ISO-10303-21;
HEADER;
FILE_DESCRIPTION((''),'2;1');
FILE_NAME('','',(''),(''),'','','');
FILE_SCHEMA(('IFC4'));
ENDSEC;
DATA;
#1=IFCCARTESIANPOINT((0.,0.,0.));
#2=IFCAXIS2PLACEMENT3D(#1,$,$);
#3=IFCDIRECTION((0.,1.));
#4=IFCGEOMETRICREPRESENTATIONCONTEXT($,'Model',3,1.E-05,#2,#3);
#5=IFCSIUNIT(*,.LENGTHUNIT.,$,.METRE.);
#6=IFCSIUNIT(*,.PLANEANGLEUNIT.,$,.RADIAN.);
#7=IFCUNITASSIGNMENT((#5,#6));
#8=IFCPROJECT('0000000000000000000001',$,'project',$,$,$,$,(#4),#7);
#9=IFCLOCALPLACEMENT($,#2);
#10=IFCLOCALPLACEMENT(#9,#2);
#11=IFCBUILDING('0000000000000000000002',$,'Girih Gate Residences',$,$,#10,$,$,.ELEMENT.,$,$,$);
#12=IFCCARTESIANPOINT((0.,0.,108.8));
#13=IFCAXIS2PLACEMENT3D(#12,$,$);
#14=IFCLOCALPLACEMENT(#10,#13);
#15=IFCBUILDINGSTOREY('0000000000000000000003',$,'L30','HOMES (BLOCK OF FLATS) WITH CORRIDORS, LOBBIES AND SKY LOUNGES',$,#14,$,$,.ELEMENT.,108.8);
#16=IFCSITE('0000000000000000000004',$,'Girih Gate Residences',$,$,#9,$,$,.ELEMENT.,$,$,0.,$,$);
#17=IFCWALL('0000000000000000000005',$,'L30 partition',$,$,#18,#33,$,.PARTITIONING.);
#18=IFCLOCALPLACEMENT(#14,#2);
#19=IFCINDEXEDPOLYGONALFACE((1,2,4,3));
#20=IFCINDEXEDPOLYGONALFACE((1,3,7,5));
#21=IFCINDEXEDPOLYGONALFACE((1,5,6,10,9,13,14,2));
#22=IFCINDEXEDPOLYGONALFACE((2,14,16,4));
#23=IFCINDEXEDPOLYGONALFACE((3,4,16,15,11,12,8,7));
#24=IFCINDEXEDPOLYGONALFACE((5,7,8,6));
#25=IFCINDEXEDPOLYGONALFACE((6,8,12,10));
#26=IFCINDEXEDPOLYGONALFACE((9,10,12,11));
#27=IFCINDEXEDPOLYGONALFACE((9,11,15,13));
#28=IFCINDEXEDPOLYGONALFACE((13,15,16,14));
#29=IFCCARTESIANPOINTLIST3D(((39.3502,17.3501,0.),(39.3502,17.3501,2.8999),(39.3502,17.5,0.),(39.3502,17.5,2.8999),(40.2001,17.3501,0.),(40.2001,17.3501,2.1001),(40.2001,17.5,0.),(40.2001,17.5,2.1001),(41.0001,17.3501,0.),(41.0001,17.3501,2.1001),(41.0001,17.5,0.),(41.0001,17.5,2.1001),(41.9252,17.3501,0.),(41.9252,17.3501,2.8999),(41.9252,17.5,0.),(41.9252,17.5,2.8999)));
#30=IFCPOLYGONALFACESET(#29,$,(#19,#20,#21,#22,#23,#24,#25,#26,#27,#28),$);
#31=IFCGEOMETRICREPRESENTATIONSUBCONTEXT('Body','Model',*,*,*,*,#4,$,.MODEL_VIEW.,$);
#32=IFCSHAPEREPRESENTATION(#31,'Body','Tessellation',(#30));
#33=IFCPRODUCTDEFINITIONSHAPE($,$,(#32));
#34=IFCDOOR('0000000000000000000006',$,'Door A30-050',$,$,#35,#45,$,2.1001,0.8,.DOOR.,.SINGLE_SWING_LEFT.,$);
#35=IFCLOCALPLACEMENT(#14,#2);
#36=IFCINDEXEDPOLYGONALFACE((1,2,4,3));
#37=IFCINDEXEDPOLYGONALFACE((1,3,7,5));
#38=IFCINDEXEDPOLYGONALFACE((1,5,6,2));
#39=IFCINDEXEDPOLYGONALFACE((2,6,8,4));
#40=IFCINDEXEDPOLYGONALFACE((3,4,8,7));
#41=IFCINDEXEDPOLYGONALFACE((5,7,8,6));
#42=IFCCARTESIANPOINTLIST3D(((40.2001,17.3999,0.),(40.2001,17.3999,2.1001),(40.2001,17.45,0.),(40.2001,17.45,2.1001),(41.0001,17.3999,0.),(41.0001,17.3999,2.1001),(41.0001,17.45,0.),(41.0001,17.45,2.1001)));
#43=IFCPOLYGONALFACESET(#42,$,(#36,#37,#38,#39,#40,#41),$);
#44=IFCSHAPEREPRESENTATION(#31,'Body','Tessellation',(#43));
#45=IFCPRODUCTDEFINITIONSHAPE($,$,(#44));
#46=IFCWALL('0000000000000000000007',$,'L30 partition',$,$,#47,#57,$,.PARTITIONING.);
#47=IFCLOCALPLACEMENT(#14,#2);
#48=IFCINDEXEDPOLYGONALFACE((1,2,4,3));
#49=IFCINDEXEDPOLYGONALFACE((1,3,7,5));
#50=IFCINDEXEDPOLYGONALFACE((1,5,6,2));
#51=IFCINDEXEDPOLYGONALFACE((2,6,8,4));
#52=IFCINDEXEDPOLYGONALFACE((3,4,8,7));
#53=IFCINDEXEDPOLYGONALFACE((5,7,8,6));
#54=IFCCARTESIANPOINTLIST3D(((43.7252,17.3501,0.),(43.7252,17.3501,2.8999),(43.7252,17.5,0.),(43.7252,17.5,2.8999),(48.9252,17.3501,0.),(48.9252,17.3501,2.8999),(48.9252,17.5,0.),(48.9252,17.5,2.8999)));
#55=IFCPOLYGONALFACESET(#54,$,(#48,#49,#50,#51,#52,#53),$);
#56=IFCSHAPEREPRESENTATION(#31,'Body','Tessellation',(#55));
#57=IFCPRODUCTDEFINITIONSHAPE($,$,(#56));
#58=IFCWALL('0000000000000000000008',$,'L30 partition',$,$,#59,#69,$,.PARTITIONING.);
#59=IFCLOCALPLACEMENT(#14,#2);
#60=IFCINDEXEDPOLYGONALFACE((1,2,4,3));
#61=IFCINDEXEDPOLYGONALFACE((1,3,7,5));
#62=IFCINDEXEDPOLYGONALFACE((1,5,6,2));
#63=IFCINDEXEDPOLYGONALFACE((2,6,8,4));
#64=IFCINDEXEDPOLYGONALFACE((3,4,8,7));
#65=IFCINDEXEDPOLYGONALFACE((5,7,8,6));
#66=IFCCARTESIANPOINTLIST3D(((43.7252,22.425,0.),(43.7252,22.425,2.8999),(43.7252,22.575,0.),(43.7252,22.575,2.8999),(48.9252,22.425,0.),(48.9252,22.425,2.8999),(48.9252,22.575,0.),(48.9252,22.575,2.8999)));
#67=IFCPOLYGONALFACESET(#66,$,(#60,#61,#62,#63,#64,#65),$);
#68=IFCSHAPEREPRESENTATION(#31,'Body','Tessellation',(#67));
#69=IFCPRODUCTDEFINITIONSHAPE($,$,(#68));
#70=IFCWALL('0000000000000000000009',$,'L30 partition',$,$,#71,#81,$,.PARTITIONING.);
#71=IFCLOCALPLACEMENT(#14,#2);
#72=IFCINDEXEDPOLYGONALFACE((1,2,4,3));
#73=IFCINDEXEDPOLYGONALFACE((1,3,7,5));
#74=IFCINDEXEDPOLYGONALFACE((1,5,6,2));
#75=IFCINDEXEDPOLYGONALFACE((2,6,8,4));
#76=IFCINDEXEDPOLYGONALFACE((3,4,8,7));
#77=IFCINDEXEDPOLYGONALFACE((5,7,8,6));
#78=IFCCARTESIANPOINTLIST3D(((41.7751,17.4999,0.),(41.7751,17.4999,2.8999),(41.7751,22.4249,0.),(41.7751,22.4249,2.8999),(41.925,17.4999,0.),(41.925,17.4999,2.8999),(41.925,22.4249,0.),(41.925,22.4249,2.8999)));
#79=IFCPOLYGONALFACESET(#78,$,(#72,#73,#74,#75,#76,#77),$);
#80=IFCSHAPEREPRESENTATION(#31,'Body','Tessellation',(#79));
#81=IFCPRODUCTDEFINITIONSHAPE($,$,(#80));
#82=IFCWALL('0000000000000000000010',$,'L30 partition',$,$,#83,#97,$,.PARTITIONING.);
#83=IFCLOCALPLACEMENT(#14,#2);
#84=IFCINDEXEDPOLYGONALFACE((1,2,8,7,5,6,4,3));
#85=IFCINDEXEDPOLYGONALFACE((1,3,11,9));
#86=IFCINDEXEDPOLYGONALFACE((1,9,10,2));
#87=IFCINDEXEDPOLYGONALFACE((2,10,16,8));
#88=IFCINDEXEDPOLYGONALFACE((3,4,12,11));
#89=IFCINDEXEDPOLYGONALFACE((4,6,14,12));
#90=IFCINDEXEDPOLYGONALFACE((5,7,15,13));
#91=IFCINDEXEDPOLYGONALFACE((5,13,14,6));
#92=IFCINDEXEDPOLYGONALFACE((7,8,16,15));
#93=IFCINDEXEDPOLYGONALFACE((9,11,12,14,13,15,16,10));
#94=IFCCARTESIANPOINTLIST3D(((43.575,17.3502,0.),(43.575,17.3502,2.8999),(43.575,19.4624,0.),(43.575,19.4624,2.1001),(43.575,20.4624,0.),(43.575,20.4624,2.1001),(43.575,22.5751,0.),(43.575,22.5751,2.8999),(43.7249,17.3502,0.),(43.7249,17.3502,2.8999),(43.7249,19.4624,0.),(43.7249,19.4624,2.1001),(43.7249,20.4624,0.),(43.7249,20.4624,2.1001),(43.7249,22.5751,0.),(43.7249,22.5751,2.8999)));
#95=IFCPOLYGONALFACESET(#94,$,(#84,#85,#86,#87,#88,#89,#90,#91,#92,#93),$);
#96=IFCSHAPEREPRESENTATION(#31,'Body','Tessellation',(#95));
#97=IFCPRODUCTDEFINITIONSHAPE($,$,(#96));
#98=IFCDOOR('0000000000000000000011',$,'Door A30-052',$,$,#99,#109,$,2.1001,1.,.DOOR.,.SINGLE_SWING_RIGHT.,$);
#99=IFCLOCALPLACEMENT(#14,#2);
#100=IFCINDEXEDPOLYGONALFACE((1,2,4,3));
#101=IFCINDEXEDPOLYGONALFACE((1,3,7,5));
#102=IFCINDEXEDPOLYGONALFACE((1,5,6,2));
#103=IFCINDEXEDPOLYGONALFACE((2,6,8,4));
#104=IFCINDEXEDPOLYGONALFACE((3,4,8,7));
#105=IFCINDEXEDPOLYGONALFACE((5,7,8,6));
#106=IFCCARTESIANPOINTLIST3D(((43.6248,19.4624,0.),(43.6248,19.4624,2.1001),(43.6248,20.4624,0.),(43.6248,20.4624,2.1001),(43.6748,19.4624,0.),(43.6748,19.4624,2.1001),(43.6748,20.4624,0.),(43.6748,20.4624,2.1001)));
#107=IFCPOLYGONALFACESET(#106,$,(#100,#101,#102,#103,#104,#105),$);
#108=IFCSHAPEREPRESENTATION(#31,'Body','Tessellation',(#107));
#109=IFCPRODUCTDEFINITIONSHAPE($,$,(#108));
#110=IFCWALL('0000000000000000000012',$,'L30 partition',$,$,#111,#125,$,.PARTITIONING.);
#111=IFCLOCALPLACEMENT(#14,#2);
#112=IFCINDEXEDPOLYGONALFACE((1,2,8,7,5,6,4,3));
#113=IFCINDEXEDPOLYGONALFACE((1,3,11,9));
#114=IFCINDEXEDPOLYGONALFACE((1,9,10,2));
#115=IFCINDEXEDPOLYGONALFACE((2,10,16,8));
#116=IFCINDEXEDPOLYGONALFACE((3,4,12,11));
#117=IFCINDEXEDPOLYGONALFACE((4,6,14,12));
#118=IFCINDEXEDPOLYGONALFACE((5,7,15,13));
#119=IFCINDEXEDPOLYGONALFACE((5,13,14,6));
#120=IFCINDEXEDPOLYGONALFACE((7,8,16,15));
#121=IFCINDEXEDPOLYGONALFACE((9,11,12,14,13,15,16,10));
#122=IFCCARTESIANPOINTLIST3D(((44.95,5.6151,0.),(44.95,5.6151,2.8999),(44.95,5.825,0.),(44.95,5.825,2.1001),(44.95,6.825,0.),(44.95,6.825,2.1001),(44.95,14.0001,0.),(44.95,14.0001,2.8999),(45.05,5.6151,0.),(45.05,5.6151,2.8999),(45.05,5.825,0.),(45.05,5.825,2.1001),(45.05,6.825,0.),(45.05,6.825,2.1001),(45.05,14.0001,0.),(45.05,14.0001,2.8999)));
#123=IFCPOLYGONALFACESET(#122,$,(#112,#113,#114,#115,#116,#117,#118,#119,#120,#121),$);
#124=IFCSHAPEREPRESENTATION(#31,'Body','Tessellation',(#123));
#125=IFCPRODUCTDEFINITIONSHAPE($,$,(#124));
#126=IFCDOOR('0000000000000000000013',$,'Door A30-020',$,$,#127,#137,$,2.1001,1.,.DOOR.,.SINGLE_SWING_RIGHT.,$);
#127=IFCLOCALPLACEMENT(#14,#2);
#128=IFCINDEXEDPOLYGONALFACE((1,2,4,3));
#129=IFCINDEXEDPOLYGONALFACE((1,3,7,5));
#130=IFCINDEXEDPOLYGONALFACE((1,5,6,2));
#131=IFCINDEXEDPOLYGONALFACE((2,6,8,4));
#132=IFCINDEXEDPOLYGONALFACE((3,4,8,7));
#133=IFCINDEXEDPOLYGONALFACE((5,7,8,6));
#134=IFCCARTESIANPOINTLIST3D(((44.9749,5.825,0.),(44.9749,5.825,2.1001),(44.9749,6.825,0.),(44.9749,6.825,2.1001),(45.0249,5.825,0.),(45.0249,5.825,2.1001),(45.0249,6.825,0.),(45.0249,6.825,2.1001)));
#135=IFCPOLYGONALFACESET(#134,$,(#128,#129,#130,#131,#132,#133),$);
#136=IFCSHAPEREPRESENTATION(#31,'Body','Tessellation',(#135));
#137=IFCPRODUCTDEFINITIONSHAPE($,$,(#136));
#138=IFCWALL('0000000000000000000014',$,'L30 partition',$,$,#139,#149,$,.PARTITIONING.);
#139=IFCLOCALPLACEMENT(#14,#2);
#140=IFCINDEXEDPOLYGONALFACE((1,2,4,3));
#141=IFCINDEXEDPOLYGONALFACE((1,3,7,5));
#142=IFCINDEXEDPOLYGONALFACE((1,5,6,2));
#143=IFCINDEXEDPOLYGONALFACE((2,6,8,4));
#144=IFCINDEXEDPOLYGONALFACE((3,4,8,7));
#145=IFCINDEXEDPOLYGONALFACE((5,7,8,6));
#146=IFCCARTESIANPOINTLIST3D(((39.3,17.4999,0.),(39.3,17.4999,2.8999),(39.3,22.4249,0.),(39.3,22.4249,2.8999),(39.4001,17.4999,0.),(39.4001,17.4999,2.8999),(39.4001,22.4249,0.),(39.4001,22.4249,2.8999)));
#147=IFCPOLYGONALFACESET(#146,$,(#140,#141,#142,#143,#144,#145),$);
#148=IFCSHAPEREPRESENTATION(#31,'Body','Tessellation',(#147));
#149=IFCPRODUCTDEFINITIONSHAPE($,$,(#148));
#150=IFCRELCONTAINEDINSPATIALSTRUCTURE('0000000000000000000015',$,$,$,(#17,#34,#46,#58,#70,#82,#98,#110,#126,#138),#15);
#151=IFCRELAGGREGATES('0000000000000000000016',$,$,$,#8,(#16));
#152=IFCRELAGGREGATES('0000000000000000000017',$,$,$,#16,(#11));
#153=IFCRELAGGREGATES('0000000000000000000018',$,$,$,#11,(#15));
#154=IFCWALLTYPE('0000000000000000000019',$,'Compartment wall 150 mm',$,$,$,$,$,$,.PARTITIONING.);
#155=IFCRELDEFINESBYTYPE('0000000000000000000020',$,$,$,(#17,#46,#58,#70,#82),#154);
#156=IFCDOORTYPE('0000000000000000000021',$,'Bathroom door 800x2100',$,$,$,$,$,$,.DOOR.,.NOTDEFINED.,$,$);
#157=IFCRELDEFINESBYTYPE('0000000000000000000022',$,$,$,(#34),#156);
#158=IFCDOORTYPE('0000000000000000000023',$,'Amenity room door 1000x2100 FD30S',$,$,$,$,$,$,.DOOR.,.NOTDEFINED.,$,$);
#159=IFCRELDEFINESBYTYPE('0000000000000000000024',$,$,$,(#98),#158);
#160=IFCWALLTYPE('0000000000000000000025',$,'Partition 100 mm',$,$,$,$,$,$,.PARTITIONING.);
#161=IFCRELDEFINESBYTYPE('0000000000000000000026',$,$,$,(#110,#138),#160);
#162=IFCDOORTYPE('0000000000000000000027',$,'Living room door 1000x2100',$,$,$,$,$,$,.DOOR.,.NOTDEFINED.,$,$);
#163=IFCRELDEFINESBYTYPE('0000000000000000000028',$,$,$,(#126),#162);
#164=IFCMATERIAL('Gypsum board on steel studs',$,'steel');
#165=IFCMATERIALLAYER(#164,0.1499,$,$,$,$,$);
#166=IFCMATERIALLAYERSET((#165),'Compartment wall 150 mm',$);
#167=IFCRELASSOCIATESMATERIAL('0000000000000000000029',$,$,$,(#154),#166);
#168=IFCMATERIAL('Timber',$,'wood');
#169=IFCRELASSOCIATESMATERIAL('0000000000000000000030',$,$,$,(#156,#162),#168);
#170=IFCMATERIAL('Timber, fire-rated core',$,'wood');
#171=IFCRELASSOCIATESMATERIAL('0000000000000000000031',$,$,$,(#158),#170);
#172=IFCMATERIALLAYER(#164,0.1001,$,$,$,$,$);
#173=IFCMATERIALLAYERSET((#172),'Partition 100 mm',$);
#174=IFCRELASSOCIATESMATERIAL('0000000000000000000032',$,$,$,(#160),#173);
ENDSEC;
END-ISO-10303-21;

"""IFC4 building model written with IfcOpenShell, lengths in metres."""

from ifc_helpers import new_model, si_unit, direction, frame, frame_2d, origin, place, context, subcontext, project, spatial, rectangle, extrude, material, layer, layer_set, type_object, element, fill, save


model = new_model("IFC4")

# Units and contexts
model_context = context("Model", 3, precision=1e-05, world=origin(), true_north=direction((0.0, 1.0)))
body_context = subcontext(model_context, "Body", "Model", "MODEL_VIEW")
ifc_project = project(units=[si_unit("LENGTHUNIT", "METRE"), si_unit("PLANEANGLEUNIT", "RADIAN")], contexts=[model_context])

# Site, building, storey
site_placement = place(None, origin())
site = spatial("IfcSite", under=ifc_project, at=site_placement, Name="Girih Gate Residences", CompositionType="ELEMENT", RefElevation=0.0)
building_placement = place(site_placement, origin())
building = spatial("IfcBuilding", under=site, at=building_placement, Name="Girih Gate Residences", CompositionType="ELEMENT")
storey_placement = place(building_placement, frame((0.0, 0.0, 108.8)))
storey = spatial("IfcBuildingStorey", under=building, at=storey_placement, Name="L30", Description="HOMES (BLOCK OF FLATS) WITH CORRIDORS, LOBBIES AND SKY LOUNGES", CompositionType="ELEMENT", Elevation=108.8)

# Shared definitions
ifc_material_1 = material(Name="Gypsum board on steel studs", Category="steel")
ifc_layer_1 = layer(ifc_material_1, 0.1499)
ifc_layer_set_1 = layer_set([ifc_layer_1], Name="Compartment wall 150 mm")
wall_type_1 = type_object("IfcWallType", Name="Compartment wall 150 mm", PredefinedType="PARTITIONING", material=ifc_layer_set_1)

# Shared definitions
ifc_material_2 = material(Name="Timber, fire-rated core", Category="wood")

# Wall, opening, door
wall_1_placement = place(storey_placement, frame((39.3501, 17.425, 0.0), z_axis=(0.0, 0.0, 1.0), x_axis=(1.0, 0.0, 0.0)))
wall_1 = element("IfcWall", 1, at=wall_1_placement, inside=storey, type_object=wall_type_1, Name="L30 partition", PredefinedType="PARTITIONING", context=body_context, shape_type="SweptSolid", body=[
    extrude(rectangle(XDim=2.575, YDim=0.1499, at=frame_2d((1.2876, 0.0))), origin(), (0.0, 0.0, 1.0), 2.8999),
])
opening_1_placement = place(wall_1_placement, frame((0.8501, 0.0, 0.0)))
opening_1 = element("IfcOpeningElement", 2, at=opening_1_placement, cuts=wall_1, PredefinedType="OPENING", context=body_context, shape_type="SweptSolid", body=[
    extrude(rectangle(XDim=0.8, YDim=2.1001, at=frame_2d((0.3999, 1.05))), frame((0.0, 0.085, 0.0), z_axis=(0.0, -1.0, 0.0), x_axis=(1.0, 0.0, 0.0)), (0.0, 0.0, 1.0), 0.1699),
])
ifc_material_3 = material(Name="Timber", Category="wood")
door_type_1 = type_object("IfcDoorType", Name="Bathroom door 800x2100", OperationType="NOTDEFINED", PredefinedType="DOOR", material=ifc_material_3)
door_1_placement = place(opening_1_placement, origin())
door_1 = element("IfcDoor", 3, at=door_1_placement, inside=storey, type_object=door_type_1, Name="Door A30-050", OperationType="SINGLE_SWING_LEFT", OverallHeight=2.1001, OverallWidth=0.8, PredefinedType="DOOR", context=body_context, shape_type="SweptSolid", body=[
    extrude(rectangle(XDim=0.8, YDim=2.1001, at=frame_2d((0.3999, 1.05))), frame((0.0, 0.0249, 0.0), z_axis=(0.0, -1.0, 0.0), x_axis=(1.0, 0.0, 0.0)), (0.0, 0.0, 1.0), 0.05),
])
fill(opening_1, door_1)

# Walls
for number, where, z_axis, x_axis, name in (
    (4, (43.7251, 17.425, 0.0), (0.0, 0.0, 1.0), (1.0, 0.0, 0.0), "L30 partition"),
    (5, (43.7251, 22.5, 0.0), (0.0, 0.0, 1.0), (1.0, 0.0, 0.0), "L30 partition"),
):
    element("IfcWall", number, at=place(storey_placement, frame(where, z_axis=z_axis, x_axis=x_axis)), inside=storey, type_object=wall_type_1, Name=name, PredefinedType="PARTITIONING", context=body_context, shape_type="SweptSolid", body=[
        extrude(rectangle(XDim=5.2, YDim=0.1499, at=frame_2d((2.6001, 0.0))), origin(), (0.0, 0.0, 1.0), 2.8999),
    ])
wall_2_placement = place(storey_placement, frame((41.8501, 17.5, 0.0), z_axis=(0.0, 0.0, 1.0), x_axis=(0.0, 1.0, 0.0)))
element("IfcWall", 6, at=wall_2_placement, inside=storey, type_object=wall_type_1, Name="L30 partition", PredefinedType="PARTITIONING", context=body_context, shape_type="SweptSolid", body=[
    extrude(rectangle(XDim=4.925, YDim=0.1499, at=frame_2d((2.4624, 0.0))), origin(), (0.0, 0.0, 1.0), 2.8999),
])

# Walls, openings, doors
wall_3_placement = place(storey_placement, frame((43.6499, 22.575, 0.0), z_axis=(0.0, 0.0, 1.0), x_axis=(0.0, -1.0, 0.0)))
wall_3 = element("IfcWall", 7, at=wall_3_placement, inside=storey, type_object=wall_type_1, Name="L30 partition", PredefinedType="PARTITIONING", context=body_context, shape_type="SweptSolid", body=[
    extrude(rectangle(XDim=5.2249, YDim=0.1499, at=frame_2d((2.6123, 0.0))), origin(), (0.0, 0.0, 1.0), 2.8999),
])
opening_2_placement = place(wall_3_placement, frame((2.1125, 0.0, 0.0)))
opening_2 = element("IfcOpeningElement", 8, at=opening_2_placement, cuts=wall_3, PredefinedType="OPENING", context=body_context, shape_type="SweptSolid", body=[
    extrude(rectangle(XDim=1.0, YDim=2.1001, at=frame_2d((0.5, 1.05))), frame((0.0, 0.085, 0.0), z_axis=(0.0, -1.0, 0.0), x_axis=(1.0, 0.0, 0.0)), (0.0, 0.0, 1.0), 0.1699),
])
door_type_2 = type_object("IfcDoorType", Name="Amenity room door 1000x2100 FD30S", OperationType="NOTDEFINED", PredefinedType="DOOR", material=ifc_material_2)
door_2_placement = place(opening_2_placement, origin())
door_2 = element("IfcDoor", 9, at=door_2_placement, inside=storey, type_object=door_type_2, Name="Door A30-052", OperationType="SINGLE_SWING_RIGHT", OverallHeight=2.1001, OverallWidth=1.0, PredefinedType="DOOR", context=body_context, shape_type="SweptSolid", body=[
    extrude(rectangle(XDim=1.0, YDim=2.1001, at=frame_2d((0.5, 1.05))), frame((0.0, 0.0249, 0.0), z_axis=(0.0, -1.0, 0.0), x_axis=(1.0, 0.0, 0.0)), (0.0, 0.0, 1.0), 0.05),
])
fill(opening_2, door_2)
ifc_layer_2 = layer(ifc_material_1, 0.1001)
ifc_layer_set_2 = layer_set([ifc_layer_2], Name="Partition 100 mm")
wall_type_2 = type_object("IfcWallType", Name="Partition 100 mm", PredefinedType="PARTITIONING", material=ifc_layer_set_2)
wall_4_placement = place(storey_placement, frame((45.0, 14.0, 0.0), z_axis=(0.0, 0.0, 1.0), x_axis=(0.0, -1.0, 0.0)))
wall_4 = element("IfcWall", 10, at=wall_4_placement, inside=storey, type_object=wall_type_2, Name="L30 partition", PredefinedType="PARTITIONING", context=body_context, shape_type="SweptSolid", body=[
    extrude(rectangle(XDim=8.385, YDim=0.1001, at=frame_2d((4.1924, 0.0))), origin(), (0.0, 0.0, 1.0), 2.8999),
])
opening_3_placement = place(wall_4_placement, frame((7.175, 0.0, 0.0)))
opening_3 = element("IfcOpeningElement", 11, at=opening_3_placement, cuts=wall_4, PredefinedType="OPENING", context=body_context, shape_type="SweptSolid", body=[
    extrude(rectangle(XDim=1.0, YDim=2.1001, at=frame_2d((0.5, 1.05))), frame((0.0, 0.0601, 0.0), z_axis=(0.0, -1.0, 0.0), x_axis=(1.0, 0.0, 0.0)), (0.0, 0.0, 1.0), 0.1201),
])
door_type_3 = type_object("IfcDoorType", Name="Living room door 1000x2100", OperationType="NOTDEFINED", PredefinedType="DOOR", material=ifc_material_3)
door_3_placement = place(opening_3_placement, origin())
door_3 = element("IfcDoor", 12, at=door_3_placement, inside=storey, type_object=door_type_3, Name="Door A30-020", OperationType="SINGLE_SWING_RIGHT", OverallHeight=2.1001, OverallWidth=1.0, PredefinedType="DOOR", context=body_context, shape_type="SweptSolid", body=[
    extrude(rectangle(XDim=1.0, YDim=2.1001, at=frame_2d((0.5, 1.05))), frame((0.0, 0.0249, 0.0), z_axis=(0.0, -1.0, 0.0), x_axis=(1.0, 0.0, 0.0)), (0.0, 0.0, 1.0), 0.05),
])
fill(opening_3, door_3)

# Wall
wall_5_placement = place(storey_placement, frame((39.3501, 17.5, 0.0), z_axis=(0.0, 0.0, 1.0), x_axis=(0.0, 1.0, 0.0)))
element("IfcWall", 13, at=wall_5_placement, inside=storey, type_object=wall_type_2, Name="L30 partition", PredefinedType="PARTITIONING", context=body_context, shape_type="SweptSolid", body=[
    extrude(rectangle(XDim=4.925, YDim=0.1001, at=frame_2d((2.4624, 0.0))), origin(), (0.0, 0.0, 1.0), 2.8999),
])

save(model, "model.ifc")
